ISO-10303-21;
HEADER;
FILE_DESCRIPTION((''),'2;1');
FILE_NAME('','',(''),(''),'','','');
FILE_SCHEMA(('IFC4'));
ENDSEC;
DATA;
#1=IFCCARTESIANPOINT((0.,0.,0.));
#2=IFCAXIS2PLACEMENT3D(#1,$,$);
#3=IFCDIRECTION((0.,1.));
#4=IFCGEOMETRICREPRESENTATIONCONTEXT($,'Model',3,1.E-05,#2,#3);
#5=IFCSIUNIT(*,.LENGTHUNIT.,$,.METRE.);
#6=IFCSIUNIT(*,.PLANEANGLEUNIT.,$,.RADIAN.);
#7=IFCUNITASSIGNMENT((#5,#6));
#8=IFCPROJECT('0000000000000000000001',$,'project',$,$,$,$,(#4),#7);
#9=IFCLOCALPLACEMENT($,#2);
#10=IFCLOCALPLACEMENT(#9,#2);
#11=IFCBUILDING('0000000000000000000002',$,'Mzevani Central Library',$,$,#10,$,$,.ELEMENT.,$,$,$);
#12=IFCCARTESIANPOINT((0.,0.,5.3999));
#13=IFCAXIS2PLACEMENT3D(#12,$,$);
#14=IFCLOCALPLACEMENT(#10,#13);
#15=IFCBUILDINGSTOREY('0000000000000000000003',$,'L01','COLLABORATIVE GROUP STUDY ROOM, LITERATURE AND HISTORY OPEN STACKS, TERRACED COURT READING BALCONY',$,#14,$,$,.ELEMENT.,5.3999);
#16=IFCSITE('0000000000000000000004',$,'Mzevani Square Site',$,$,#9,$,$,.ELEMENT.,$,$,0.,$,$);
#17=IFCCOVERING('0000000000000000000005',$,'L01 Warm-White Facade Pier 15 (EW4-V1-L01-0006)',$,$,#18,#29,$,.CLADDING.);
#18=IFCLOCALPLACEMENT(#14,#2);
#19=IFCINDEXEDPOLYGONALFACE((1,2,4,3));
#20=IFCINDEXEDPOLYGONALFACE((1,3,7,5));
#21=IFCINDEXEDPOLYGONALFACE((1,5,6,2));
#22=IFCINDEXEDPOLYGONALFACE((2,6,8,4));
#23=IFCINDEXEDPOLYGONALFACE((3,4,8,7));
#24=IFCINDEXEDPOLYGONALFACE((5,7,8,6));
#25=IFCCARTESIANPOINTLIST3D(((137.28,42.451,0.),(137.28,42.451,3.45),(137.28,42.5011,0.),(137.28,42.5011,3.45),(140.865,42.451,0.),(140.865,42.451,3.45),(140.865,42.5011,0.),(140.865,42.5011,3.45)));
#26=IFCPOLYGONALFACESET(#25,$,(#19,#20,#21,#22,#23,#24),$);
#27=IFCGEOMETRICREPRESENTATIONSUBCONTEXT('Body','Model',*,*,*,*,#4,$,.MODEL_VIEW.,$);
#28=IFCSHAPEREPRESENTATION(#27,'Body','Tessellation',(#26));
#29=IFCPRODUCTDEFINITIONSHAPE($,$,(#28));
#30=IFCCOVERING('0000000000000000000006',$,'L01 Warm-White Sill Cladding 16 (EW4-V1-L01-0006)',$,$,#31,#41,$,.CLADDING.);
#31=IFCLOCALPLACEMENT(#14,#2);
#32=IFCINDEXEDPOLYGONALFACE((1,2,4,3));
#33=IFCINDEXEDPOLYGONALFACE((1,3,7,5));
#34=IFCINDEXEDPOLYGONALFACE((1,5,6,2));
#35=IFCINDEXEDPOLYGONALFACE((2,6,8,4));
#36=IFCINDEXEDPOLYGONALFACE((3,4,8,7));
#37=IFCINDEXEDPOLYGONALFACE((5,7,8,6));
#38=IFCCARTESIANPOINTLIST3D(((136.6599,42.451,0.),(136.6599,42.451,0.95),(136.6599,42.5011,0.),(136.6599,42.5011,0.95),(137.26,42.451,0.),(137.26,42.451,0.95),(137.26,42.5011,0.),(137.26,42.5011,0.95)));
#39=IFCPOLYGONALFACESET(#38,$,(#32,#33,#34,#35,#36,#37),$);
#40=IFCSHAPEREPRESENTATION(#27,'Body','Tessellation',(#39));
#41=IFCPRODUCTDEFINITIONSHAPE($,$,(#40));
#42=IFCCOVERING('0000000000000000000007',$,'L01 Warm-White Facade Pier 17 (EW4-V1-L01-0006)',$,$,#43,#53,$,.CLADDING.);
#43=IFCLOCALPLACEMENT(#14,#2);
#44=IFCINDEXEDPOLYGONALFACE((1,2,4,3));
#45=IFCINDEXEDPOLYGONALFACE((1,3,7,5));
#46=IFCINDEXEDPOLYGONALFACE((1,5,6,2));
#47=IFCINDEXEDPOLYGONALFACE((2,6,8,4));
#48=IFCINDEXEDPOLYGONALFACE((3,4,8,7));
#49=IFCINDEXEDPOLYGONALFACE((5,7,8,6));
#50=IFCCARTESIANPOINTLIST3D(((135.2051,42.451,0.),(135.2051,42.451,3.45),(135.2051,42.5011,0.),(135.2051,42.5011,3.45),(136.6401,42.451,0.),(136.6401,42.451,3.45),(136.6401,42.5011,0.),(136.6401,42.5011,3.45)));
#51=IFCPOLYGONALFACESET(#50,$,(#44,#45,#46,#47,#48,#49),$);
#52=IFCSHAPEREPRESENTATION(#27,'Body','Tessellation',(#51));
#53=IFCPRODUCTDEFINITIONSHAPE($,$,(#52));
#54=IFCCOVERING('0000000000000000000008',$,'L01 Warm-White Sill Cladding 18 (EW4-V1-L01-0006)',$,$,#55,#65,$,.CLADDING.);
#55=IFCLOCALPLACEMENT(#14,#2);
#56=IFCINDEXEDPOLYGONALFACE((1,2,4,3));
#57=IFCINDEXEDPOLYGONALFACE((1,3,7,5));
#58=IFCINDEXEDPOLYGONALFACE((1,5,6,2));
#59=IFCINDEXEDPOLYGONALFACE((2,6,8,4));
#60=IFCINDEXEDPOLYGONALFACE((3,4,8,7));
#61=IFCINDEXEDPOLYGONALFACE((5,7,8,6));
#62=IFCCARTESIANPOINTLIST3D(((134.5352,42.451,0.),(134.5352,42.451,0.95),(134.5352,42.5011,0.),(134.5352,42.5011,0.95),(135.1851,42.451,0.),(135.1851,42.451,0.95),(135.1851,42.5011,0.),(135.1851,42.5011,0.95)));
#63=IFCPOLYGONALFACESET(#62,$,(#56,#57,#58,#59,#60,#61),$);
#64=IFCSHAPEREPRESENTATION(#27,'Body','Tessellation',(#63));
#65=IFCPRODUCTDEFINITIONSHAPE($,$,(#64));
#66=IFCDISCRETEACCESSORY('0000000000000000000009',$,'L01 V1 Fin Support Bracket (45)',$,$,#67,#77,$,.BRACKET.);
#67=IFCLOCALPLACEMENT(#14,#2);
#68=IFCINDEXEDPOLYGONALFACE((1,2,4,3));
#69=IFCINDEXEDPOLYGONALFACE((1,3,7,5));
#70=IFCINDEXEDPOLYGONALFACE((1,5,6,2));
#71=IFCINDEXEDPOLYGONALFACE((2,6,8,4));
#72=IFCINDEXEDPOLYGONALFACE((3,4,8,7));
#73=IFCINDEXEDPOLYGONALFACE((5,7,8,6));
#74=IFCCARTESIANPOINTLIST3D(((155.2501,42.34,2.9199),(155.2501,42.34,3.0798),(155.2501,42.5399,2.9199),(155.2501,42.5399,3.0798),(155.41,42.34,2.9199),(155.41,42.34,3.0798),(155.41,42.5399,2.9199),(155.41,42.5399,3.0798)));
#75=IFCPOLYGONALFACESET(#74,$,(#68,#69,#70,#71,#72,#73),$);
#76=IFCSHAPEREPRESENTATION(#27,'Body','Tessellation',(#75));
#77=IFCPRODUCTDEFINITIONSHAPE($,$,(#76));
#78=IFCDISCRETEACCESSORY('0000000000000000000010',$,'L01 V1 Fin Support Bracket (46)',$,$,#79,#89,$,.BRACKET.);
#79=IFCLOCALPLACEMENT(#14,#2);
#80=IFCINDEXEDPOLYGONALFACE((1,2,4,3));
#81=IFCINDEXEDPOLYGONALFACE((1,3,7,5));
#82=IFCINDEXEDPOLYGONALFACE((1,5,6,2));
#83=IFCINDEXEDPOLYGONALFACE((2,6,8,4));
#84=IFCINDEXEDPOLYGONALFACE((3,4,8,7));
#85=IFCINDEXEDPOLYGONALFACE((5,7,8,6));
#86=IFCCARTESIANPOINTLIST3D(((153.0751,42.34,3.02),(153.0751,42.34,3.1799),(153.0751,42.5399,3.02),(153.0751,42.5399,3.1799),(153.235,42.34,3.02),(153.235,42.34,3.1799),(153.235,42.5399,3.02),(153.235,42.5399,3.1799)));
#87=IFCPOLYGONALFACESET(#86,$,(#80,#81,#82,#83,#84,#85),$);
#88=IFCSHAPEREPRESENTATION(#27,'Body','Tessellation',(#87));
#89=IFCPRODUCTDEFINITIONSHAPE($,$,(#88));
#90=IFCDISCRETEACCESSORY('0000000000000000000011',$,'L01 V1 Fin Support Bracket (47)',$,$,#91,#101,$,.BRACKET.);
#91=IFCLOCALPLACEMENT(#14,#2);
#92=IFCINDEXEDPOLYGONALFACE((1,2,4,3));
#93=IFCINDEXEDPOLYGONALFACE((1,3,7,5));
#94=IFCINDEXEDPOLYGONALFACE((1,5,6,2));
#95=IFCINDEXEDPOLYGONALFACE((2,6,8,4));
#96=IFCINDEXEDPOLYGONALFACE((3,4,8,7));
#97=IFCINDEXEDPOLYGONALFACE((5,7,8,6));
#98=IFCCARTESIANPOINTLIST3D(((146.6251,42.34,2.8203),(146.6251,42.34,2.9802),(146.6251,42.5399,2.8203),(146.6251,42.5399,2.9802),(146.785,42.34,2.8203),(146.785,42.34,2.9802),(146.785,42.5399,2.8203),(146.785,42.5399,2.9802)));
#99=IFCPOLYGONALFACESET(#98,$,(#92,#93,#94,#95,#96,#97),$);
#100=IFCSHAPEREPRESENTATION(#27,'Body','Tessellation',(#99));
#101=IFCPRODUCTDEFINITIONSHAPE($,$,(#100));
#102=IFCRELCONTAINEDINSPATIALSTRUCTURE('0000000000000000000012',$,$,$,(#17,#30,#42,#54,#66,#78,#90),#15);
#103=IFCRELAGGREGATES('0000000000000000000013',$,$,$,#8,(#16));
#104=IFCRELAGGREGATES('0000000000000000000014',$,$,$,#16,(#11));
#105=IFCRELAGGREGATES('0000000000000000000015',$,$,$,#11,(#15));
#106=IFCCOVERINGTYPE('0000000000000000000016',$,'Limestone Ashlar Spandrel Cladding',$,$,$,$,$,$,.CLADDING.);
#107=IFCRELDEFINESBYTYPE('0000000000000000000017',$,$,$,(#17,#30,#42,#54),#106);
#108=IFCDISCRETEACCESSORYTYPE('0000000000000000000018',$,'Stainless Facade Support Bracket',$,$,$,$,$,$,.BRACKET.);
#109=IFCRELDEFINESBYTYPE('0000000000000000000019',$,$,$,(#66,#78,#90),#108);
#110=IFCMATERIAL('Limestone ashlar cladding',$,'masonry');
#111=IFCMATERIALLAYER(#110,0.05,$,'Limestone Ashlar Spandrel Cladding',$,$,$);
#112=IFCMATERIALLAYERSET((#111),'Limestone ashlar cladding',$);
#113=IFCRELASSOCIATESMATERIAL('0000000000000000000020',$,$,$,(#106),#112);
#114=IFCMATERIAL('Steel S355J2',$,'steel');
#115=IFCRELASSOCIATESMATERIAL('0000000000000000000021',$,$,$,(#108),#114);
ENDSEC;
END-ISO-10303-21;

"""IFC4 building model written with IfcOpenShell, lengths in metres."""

from ifc_helpers import new_model, si_unit, direction, frame, origin, origin_2d, place, context, subcontext, project, spatial, rectangle, extrude, material, layer, layer_set, type_object, element, save


model = new_model("IFC4")

# Units and contexts
model_context = context("Model", 3, precision=1e-05, world=origin(), true_north=direction((0.0, 1.0)))
body_context = subcontext(model_context, "Body", "Model", "MODEL_VIEW")
ifc_project = project(units=[si_unit("LENGTHUNIT", "METRE"), si_unit("PLANEANGLEUNIT", "RADIAN")], contexts=[model_context])

# Site, building, storey
site_placement = place(None, origin())
site = spatial("IfcSite", under=ifc_project, at=site_placement, Name="Mzevani Square Site", CompositionType="ELEMENT", RefElevation=0.0)
building_placement = place(site_placement, origin())
building = spatial("IfcBuilding", under=site, at=building_placement, Name="Mzevani Central Library", CompositionType="ELEMENT")
storey_placement = place(building_placement, frame((0.0, 0.0, 5.3999)))
storey = spatial("IfcBuildingStorey", under=building, at=storey_placement, Name="L01", Description="COLLABORATIVE GROUP STUDY ROOM, LITERATURE AND HISTORY OPEN STACKS, TERRACED COURT READING BALCONY", CompositionType="ELEMENT", Elevation=5.3999)

# Coverings
ifc_material_1 = material(Name="Limestone ashlar cladding", Category="masonry")
ifc_layer_1 = layer(ifc_material_1, 0.05, Name="Limestone Ashlar Spandrel Cladding")
ifc_layer_set_1 = layer_set([ifc_layer_1], Name="Limestone ashlar cladding")
covering_type = type_object("IfcCoveringType", Name="Limestone Ashlar Spandrel Cladding", PredefinedType="CLADDING", material=ifc_layer_set_1)
covering_1_placement = place(storey_placement, frame((139.0725, 42.4761, 0.0), z_axis=(0.0, 0.0, 1.0), x_axis=(-1.0, 0.0, 0.0)))
element("IfcCovering", 1, at=covering_1_placement, inside=storey, type_object=covering_type, Name="L01 Warm-White Facade Pier 15 (EW4-V1-L01-0006)", PredefinedType="CLADDING", context=body_context, shape_type="SweptSolid", body=[
    extrude(rectangle(XDim=3.585, YDim=0.05, at=origin_2d()), origin(), (0.0, 0.0, 1.0), 3.45),
])
covering_2_placement = place(storey_placement, frame((136.96, 42.4761, 0.0), z_axis=(0.0, 0.0, 1.0), x_axis=(-1.0, 0.0, 0.0)))
element("IfcCovering", 2, at=covering_2_placement, inside=storey, type_object=covering_type, Name="L01 Warm-White Sill Cladding 16 (EW4-V1-L01-0006)", PredefinedType="CLADDING", context=body_context, shape_type="SweptSolid", body=[
    extrude(rectangle(XDim=0.6001, YDim=0.05, at=origin_2d()), origin(), (0.0, 0.0, 1.0), 0.95),
])
covering_3_placement = place(storey_placement, frame((135.9226, 42.4761, 0.0), z_axis=(0.0, 0.0, 1.0), x_axis=(-1.0, 0.0, 0.0)))
element("IfcCovering", 3, at=covering_3_placement, inside=storey, type_object=covering_type, Name="L01 Warm-White Facade Pier 17 (EW4-V1-L01-0006)", PredefinedType="CLADDING", context=body_context, shape_type="SweptSolid", body=[
    extrude(rectangle(XDim=1.4351, YDim=0.05, at=origin_2d()), origin(), (0.0, 0.0, 1.0), 3.45),
])
covering_4_placement = place(storey_placement, frame((134.8601, 42.4761, 0.0), z_axis=(0.0, 0.0, 1.0), x_axis=(-1.0, 0.0, 0.0)))
element("IfcCovering", 4, at=covering_4_placement, inside=storey, type_object=covering_type, Name="L01 Warm-White Sill Cladding 18 (EW4-V1-L01-0006)", PredefinedType="CLADDING", context=body_context, shape_type="SweptSolid", body=[
    extrude(rectangle(XDim=0.6499, YDim=0.05, at=origin_2d()), origin(), (0.0, 0.0, 1.0), 0.95),
])

# Discrete accessories
ifc_material_2 = material(Name="Steel S355J2", Category="steel")
discrete_accessory_type = type_object("IfcDiscreteAccessoryType", Name="Stainless Facade Support Bracket", PredefinedType="BRACKET", material=ifc_material_2)
for number, where, z_axis, x_axis, name in (
    (5, (155.3301, 42.4399, 2.9199), (0.0, 0.0, 1.0), (-1.0, 0.0, 0.0), "L01 V1 Fin Support Bracket (45)"),
    (6, (153.155, 42.4399, 3.02), (0.0, 0.0, 1.0), (-1.0, 0.0, 0.0), "L01 V1 Fin Support Bracket (46)"),
    (7, (146.7051, 42.4399, 2.8203), (0.0, 0.0, 1.0), (-1.0, 0.0, 0.0), "L01 V1 Fin Support Bracket (47)"),
):
    element("IfcDiscreteAccessory", number, at=place(storey_placement, frame(where, z_axis=z_axis, x_axis=x_axis)), inside=storey, type_object=discrete_accessory_type, Name=name, PredefinedType="BRACKET", context=body_context, shape_type="SweptSolid", body=[
        extrude(rectangle(XDim=0.1599, YDim=0.2, at=origin_2d()), origin(), (0.0, 0.0, 1.0), 0.1599),
    ])

save(model, "model.ifc")
